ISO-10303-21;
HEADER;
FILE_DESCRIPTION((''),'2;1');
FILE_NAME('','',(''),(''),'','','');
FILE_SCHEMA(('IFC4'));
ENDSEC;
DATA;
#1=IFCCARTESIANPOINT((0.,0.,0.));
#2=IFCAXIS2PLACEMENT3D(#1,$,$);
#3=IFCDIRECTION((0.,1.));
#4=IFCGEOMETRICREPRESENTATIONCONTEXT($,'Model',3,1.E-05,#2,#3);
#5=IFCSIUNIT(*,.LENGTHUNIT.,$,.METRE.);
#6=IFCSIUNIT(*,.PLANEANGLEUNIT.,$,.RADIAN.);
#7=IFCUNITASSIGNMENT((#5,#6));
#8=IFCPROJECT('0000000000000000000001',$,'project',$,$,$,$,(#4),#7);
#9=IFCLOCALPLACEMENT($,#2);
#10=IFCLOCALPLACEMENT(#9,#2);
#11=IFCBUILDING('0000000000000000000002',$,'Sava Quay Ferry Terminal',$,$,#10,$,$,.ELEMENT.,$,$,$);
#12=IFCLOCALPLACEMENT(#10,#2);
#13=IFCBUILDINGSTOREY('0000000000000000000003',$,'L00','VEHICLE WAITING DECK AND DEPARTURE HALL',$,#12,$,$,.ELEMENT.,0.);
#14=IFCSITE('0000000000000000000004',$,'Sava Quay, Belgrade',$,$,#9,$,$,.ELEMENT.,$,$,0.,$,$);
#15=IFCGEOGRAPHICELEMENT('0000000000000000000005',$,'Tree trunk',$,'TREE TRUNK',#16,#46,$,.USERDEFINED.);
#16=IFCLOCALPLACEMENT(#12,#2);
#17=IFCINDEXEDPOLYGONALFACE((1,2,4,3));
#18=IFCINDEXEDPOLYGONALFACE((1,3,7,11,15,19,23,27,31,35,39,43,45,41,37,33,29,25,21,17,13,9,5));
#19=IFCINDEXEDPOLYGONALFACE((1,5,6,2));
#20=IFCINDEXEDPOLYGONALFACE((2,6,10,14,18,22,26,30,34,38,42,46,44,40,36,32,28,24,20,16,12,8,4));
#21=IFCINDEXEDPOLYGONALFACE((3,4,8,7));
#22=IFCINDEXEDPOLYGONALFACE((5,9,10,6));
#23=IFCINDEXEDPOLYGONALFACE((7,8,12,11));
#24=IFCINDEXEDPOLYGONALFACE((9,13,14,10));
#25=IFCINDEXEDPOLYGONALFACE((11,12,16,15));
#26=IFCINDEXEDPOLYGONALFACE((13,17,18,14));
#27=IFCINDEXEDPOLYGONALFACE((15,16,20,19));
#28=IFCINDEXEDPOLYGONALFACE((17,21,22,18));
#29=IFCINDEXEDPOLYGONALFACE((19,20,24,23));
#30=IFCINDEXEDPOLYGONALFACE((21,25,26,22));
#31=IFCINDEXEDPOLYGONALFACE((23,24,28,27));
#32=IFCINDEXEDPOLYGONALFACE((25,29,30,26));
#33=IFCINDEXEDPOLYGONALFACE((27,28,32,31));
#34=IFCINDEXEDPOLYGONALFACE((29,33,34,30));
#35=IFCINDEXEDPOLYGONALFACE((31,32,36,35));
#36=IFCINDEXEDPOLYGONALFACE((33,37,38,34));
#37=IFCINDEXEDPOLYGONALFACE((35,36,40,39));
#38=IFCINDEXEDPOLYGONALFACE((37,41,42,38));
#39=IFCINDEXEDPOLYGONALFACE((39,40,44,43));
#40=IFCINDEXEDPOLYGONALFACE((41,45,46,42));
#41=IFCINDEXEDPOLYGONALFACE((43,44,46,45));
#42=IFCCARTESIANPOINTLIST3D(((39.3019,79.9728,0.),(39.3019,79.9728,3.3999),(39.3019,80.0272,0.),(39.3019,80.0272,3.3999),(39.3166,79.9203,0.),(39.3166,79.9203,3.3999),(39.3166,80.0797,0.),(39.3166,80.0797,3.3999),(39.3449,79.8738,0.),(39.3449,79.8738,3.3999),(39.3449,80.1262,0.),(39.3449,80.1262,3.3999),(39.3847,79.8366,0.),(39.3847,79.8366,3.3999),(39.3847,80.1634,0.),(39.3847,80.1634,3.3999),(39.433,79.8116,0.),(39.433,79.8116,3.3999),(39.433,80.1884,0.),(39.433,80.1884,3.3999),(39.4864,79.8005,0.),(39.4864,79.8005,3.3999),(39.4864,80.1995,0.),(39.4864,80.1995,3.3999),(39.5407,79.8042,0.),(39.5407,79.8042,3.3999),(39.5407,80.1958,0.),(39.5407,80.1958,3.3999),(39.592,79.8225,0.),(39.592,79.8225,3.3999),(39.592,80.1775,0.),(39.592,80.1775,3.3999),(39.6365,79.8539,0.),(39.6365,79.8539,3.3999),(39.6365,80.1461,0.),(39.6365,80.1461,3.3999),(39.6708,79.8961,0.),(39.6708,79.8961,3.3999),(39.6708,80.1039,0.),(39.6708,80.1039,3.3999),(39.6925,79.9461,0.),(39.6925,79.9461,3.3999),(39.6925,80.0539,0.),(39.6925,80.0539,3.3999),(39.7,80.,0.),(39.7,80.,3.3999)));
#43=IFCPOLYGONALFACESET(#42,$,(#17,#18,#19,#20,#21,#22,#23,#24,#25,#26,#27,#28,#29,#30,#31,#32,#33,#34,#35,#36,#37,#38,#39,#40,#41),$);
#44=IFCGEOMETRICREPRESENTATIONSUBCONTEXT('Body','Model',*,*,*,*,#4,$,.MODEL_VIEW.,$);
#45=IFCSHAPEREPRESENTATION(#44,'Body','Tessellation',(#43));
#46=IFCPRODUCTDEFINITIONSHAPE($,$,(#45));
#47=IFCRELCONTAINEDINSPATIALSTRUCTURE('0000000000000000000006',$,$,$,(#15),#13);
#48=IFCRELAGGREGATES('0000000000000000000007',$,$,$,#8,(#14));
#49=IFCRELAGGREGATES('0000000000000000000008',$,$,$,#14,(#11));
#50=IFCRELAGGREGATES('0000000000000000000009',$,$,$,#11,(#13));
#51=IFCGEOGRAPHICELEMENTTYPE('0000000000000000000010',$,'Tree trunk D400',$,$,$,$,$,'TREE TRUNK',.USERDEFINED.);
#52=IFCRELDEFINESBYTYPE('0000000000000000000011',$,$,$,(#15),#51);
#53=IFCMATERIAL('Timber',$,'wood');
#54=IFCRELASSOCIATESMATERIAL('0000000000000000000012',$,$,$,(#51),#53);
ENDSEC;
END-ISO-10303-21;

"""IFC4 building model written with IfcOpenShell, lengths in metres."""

from ifc_helpers import new_model, si_unit, direction, frame, origin, origin_2d, place, context, subcontext, project, spatial, circle, extrude, material, type_object, element, save


model = new_model("IFC4")

# Units and contexts
model_context = context("Model", 3, precision=1e-05, world=origin(), true_north=direction((0.0, 1.0)))
body_context = subcontext(model_context, "Body", "Model", "MODEL_VIEW")
ifc_project = project(units=[si_unit("LENGTHUNIT", "METRE"), si_unit("PLANEANGLEUNIT", "RADIAN")], contexts=[model_context])

# Site, building, storey
site_placement = place(None, origin())
site = spatial("IfcSite", under=ifc_project, at=site_placement, Name="Sava Quay, Belgrade", CompositionType="ELEMENT", RefElevation=0.0)
building_placement = place(site_placement, origin())
building = spatial("IfcBuilding", under=site, at=building_placement, Name="Sava Quay Ferry Terminal", CompositionType="ELEMENT")
storey_placement = place(building_placement, origin())
storey = spatial("IfcBuildingStorey", under=building, at=storey_placement, Name="L00", Description="VEHICLE WAITING DECK AND DEPARTURE HALL", CompositionType="ELEMENT", Elevation=0.0)

# Geographic element
ifc_material_1 = material(Name="Timber", Category="wood")
geographic_element_type_1 = type_object("IfcGeographicElementType", Name="Tree trunk D400", ElementType="TREE TRUNK", PredefinedType="USERDEFINED", material=ifc_material_1)
geographic_element_1_placement = place(storey_placement, frame((39.5, 80.0, 3.3999), z_axis=(0.0, 0.0, -1.0), x_axis=(1.0, 0.0, 0.0)))
element("IfcGeographicElement", 1, at=geographic_element_1_placement, inside=storey, type_object=geographic_element_type_1, Name="Tree trunk", ObjectType="TREE TRUNK", PredefinedType="USERDEFINED", context=body_context, shape_type="SweptSolid", body=[
    extrude(circle(Radius=0.2, at=origin_2d()), origin(), (0.0, 0.0, 1.0), 3.3999),
])

save(model, "model.ifc")
